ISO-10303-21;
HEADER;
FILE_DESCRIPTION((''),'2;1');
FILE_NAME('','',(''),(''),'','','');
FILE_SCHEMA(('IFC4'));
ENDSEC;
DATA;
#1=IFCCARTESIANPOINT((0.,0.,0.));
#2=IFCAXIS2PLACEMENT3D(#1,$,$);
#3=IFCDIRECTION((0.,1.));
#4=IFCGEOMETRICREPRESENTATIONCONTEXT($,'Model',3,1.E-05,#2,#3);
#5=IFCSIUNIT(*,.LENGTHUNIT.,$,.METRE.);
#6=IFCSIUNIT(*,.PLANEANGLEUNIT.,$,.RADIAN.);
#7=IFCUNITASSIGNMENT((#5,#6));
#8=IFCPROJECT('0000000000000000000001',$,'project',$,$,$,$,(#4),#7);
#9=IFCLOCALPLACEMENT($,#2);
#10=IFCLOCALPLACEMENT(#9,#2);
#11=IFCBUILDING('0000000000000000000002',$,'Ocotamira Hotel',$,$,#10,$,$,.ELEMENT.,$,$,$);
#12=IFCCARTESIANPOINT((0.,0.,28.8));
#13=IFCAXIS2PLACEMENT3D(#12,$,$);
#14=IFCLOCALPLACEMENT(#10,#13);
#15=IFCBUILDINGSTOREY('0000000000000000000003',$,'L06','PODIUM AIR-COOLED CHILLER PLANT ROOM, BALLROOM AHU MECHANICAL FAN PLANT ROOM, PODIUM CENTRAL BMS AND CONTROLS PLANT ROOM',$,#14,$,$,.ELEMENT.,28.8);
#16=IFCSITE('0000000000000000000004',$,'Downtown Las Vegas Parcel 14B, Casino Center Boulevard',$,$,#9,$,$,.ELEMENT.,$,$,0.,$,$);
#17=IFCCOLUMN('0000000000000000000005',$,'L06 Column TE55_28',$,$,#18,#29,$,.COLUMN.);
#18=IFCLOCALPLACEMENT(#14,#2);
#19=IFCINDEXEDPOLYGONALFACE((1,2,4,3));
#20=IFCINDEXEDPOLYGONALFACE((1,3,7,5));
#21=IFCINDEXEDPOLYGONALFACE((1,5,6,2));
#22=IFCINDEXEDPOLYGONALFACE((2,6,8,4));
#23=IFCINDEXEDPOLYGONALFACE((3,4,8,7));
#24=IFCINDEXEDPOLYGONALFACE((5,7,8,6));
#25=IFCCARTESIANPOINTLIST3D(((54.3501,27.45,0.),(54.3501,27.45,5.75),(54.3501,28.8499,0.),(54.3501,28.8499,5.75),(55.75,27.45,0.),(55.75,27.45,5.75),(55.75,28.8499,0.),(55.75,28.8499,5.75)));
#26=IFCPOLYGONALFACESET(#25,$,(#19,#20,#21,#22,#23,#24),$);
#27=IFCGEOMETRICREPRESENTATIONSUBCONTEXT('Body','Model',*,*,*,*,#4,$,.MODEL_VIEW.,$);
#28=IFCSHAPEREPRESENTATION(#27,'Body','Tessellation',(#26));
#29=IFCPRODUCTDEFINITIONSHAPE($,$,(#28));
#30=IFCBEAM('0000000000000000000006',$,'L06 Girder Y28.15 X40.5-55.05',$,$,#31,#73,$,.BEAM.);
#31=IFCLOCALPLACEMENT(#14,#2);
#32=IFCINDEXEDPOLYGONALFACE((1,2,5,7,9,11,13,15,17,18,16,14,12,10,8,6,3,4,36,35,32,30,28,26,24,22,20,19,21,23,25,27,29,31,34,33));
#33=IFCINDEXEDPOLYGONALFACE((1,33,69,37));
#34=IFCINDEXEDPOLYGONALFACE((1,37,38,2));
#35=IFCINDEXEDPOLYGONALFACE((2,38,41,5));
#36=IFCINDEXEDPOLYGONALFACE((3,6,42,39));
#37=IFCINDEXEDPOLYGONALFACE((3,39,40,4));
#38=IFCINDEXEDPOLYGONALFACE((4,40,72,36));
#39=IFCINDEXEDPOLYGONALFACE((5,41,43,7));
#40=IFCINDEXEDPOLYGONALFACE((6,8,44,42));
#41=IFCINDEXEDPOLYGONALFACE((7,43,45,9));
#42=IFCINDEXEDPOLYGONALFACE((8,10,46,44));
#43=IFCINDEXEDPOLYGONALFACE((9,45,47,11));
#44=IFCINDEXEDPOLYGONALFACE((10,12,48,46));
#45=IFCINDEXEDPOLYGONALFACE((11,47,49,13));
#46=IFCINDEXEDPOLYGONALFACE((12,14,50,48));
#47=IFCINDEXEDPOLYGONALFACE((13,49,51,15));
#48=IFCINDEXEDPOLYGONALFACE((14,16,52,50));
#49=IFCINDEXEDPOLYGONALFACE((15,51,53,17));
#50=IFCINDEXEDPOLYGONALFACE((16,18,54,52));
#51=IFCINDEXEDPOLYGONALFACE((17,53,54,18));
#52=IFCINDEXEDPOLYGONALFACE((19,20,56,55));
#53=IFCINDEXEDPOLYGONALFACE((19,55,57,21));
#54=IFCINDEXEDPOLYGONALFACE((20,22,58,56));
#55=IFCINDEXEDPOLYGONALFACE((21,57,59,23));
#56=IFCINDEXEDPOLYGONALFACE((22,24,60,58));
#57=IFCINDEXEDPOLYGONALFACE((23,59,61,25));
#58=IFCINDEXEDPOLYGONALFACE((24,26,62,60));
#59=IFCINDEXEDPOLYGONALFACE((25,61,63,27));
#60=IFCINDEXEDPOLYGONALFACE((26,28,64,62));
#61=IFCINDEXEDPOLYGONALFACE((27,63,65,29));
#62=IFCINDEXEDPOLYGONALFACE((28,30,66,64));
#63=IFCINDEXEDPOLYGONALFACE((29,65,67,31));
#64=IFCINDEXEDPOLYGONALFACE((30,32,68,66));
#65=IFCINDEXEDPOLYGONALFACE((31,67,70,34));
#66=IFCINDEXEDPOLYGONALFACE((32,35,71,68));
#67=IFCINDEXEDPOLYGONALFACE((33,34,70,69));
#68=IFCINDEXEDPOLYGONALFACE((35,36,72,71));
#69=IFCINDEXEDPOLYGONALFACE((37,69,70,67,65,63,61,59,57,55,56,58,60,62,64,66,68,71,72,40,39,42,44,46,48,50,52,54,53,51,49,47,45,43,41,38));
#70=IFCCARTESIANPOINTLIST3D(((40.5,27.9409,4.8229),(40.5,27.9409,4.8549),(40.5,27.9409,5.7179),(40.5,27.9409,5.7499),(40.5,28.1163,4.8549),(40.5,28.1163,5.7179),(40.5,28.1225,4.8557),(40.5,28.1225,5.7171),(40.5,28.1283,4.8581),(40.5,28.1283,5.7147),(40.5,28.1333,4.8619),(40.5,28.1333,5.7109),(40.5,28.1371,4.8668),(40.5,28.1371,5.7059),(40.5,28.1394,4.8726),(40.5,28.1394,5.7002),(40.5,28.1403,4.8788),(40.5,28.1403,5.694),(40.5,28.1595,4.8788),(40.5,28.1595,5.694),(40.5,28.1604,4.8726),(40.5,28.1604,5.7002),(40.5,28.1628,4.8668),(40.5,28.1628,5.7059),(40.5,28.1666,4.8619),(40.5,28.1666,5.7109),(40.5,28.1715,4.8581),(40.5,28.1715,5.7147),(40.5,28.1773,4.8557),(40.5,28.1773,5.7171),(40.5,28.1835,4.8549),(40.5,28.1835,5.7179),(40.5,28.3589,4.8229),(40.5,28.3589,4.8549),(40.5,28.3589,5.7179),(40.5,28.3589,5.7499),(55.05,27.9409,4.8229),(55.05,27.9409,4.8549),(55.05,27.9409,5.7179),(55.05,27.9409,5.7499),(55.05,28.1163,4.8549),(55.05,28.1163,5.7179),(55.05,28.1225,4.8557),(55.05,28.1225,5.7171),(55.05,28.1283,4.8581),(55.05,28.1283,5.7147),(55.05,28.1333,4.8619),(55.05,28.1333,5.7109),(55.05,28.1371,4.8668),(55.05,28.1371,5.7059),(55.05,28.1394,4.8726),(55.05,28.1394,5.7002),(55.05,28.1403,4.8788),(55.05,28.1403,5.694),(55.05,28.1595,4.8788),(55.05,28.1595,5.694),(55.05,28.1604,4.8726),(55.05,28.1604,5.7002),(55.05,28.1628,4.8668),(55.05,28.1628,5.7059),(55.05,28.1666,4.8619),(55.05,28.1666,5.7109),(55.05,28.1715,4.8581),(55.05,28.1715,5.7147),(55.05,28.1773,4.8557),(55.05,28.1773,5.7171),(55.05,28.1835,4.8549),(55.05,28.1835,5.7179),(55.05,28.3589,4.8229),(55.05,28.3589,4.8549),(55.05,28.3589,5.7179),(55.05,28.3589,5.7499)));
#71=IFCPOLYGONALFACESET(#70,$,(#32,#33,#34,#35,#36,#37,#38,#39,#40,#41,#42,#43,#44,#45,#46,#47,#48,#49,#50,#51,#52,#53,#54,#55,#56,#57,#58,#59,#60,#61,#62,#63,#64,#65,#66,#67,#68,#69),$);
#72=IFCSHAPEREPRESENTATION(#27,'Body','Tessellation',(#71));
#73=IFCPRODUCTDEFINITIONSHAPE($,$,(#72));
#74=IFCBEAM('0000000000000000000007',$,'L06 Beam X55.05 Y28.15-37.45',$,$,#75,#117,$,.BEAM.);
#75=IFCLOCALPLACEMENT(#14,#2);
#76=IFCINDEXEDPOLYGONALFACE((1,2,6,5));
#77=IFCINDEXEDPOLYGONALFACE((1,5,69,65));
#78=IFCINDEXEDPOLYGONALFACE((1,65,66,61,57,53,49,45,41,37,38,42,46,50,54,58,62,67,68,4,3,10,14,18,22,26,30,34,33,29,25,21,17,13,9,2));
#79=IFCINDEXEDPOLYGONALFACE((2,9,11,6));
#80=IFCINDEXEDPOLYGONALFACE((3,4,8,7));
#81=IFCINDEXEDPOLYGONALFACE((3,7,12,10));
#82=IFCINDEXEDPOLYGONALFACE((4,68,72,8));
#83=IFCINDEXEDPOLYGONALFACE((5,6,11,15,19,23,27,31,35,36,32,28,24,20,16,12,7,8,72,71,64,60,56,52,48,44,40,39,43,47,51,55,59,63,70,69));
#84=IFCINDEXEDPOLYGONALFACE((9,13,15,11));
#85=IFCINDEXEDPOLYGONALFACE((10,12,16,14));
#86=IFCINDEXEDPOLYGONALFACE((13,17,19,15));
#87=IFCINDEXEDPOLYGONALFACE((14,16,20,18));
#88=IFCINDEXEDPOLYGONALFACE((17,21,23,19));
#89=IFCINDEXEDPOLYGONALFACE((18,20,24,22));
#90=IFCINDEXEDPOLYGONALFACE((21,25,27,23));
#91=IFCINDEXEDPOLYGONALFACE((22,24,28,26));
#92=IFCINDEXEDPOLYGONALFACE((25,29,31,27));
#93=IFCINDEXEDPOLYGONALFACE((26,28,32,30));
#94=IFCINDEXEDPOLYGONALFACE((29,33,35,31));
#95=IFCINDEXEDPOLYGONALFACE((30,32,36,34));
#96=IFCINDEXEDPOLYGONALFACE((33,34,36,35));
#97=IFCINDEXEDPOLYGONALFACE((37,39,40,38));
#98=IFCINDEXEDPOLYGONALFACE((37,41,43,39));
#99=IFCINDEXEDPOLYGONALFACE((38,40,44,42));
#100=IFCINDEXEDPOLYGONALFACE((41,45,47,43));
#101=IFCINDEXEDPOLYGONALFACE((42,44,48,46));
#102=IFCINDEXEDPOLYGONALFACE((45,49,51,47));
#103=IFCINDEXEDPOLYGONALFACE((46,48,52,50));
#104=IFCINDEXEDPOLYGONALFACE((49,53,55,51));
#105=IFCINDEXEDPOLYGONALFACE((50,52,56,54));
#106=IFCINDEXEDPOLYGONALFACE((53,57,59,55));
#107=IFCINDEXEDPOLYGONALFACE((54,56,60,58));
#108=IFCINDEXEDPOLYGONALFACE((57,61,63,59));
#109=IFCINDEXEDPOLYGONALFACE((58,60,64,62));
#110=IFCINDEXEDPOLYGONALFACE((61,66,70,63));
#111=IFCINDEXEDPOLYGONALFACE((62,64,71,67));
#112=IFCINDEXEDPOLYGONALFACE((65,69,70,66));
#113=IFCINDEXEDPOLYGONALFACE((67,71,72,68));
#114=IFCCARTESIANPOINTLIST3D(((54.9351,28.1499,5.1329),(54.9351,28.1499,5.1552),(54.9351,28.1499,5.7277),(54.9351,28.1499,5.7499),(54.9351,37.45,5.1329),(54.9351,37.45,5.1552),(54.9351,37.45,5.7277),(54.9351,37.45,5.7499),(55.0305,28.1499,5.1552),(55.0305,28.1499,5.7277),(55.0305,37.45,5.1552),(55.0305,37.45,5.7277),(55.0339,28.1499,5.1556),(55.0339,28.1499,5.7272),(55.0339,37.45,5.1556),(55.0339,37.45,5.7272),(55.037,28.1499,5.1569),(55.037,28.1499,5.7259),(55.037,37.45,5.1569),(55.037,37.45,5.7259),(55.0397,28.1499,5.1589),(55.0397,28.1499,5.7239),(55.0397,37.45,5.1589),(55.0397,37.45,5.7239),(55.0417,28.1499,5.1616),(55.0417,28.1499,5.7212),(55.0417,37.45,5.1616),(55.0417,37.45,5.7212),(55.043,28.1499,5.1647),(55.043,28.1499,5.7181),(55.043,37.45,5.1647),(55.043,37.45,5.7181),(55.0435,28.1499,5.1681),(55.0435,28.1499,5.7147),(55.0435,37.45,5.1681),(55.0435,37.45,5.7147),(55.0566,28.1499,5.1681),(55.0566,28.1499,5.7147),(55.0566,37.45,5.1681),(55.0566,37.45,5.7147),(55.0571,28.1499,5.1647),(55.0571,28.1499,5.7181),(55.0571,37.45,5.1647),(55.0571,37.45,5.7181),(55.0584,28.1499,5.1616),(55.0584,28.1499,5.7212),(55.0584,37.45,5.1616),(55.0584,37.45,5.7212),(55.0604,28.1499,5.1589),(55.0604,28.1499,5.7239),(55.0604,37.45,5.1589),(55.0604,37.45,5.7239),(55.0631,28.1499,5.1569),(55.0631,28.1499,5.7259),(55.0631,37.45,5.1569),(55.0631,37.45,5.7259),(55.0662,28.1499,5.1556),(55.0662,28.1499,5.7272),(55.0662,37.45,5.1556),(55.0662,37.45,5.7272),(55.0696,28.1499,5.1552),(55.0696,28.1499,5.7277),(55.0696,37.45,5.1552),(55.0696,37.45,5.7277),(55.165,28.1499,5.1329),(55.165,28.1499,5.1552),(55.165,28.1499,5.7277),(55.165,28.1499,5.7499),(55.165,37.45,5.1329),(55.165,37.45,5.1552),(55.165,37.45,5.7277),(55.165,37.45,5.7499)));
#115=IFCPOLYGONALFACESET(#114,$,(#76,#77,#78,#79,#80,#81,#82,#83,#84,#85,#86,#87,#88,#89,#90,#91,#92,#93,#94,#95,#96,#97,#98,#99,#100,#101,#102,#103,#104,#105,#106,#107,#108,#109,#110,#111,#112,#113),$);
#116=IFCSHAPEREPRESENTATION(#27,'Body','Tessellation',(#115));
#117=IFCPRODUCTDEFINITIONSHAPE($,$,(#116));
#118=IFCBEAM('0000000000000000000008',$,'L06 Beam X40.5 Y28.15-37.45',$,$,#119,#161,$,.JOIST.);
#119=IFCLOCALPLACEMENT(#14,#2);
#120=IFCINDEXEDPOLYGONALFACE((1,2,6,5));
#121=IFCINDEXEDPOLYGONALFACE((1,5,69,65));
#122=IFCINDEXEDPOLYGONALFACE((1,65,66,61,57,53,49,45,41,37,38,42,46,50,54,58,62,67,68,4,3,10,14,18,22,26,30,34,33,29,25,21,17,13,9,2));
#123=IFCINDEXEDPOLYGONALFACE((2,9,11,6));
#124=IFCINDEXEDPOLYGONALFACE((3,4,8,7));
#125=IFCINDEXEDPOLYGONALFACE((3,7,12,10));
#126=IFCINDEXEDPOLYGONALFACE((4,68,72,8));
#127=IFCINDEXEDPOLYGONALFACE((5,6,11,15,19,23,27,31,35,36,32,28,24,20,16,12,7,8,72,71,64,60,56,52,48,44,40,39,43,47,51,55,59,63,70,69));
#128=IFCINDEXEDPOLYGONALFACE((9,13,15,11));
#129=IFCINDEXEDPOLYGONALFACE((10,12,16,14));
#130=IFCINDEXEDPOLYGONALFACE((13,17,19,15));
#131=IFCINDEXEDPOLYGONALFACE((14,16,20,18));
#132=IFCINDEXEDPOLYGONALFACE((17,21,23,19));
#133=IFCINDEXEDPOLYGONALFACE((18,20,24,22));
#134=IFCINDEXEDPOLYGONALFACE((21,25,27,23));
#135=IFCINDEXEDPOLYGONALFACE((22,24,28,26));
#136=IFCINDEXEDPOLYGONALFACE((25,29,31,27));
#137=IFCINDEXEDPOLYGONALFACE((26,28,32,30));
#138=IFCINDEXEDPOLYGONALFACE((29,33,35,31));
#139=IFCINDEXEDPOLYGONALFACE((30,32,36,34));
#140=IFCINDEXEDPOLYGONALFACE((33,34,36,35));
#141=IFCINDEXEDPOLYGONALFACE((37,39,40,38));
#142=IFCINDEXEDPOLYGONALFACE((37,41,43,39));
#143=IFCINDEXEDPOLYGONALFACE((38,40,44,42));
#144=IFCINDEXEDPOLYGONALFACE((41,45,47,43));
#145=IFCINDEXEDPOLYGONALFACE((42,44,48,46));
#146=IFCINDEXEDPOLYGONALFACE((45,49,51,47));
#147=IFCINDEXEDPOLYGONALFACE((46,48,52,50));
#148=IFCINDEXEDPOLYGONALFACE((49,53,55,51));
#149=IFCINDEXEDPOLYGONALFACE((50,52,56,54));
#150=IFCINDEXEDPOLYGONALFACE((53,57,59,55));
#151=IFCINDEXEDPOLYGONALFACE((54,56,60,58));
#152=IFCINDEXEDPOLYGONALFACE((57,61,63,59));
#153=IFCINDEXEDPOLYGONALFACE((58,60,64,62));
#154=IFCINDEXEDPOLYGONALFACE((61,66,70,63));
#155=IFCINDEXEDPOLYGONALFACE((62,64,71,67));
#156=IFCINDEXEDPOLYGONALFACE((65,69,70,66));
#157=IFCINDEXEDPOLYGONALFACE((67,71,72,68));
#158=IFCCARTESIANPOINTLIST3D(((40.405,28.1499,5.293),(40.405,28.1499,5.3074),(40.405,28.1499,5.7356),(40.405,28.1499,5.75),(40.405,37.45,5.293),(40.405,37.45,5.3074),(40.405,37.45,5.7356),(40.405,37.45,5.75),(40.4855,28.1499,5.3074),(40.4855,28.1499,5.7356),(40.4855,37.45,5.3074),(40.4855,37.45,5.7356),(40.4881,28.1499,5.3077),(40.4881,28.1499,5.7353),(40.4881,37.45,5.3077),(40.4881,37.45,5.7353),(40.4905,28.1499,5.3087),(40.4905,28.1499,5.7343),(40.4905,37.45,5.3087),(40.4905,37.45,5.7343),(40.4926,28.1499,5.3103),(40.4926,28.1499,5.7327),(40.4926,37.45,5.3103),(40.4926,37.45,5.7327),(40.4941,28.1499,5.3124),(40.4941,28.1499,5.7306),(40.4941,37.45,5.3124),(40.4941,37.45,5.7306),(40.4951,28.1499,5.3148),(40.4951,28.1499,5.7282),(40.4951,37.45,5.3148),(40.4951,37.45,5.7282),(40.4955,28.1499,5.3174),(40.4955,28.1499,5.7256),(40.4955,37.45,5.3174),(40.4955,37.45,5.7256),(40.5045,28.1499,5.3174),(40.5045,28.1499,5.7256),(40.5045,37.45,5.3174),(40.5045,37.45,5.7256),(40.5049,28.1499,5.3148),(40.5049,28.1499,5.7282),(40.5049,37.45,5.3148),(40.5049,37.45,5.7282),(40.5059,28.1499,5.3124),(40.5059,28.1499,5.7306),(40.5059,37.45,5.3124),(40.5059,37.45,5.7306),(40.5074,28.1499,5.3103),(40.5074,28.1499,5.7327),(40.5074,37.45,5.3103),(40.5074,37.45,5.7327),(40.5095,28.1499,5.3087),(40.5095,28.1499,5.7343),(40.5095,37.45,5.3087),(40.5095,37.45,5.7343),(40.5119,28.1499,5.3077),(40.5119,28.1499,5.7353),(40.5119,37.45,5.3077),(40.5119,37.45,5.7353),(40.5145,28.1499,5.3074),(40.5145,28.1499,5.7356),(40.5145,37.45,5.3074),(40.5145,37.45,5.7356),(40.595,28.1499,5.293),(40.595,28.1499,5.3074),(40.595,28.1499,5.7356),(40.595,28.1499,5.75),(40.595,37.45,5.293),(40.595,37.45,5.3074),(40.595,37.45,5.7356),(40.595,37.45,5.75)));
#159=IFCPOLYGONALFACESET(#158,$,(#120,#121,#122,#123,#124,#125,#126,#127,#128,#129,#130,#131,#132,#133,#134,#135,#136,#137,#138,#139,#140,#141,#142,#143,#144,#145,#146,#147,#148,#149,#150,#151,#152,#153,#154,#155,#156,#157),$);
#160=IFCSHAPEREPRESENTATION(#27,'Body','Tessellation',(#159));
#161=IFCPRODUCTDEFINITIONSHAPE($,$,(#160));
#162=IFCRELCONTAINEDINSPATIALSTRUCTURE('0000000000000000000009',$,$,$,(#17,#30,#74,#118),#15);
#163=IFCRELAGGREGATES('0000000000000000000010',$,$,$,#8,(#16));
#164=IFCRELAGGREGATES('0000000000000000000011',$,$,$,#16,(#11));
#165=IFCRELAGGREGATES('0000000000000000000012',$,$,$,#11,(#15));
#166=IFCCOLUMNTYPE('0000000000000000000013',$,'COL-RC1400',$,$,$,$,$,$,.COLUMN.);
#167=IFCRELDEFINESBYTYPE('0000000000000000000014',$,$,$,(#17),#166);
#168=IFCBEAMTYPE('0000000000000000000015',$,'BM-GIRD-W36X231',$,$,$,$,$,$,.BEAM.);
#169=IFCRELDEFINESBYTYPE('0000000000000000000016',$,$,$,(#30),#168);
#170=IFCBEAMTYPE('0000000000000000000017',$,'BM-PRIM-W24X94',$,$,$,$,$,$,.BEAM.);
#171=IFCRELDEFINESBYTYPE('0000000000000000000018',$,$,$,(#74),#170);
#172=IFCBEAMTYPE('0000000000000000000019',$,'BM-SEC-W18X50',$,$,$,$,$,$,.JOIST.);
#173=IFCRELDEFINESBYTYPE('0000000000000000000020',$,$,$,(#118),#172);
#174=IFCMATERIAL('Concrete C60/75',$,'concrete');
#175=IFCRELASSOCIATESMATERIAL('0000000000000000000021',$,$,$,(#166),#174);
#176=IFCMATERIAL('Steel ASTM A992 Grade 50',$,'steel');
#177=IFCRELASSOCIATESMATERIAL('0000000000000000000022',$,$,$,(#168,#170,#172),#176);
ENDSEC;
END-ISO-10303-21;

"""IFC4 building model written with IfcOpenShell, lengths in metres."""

from ifc_helpers import new_model, si_unit, direction, frame, origin, origin_2d, place, context, subcontext, project, spatial, rectangle, i_section, extrude, source, transform, mapped, material, material_profile, profile_set, type_object, element, save


model = new_model("IFC4")

# Units and contexts
model_context = context("Model", 3, precision=1e-05, world=origin(), true_north=direction((0.0, 1.0)))
body_context = subcontext(model_context, "Body", "Model", "MODEL_VIEW")
ifc_project = project(units=[si_unit("LENGTHUNIT", "METRE"), si_unit("PLANEANGLEUNIT", "RADIAN")], contexts=[model_context])

# Site, building, storey
site_placement = place(None, origin())
site = spatial("IfcSite", under=ifc_project, at=site_placement, Name="Downtown Las Vegas Parcel 14B, Casino Center Boulevard", CompositionType="ELEMENT", RefElevation=0.0)
building_placement = place(site_placement, origin())
building = spatial("IfcBuilding", under=site, at=building_placement, Name="Ocotamira Hotel", CompositionType="ELEMENT")
storey_placement = place(building_placement, frame((0.0, 0.0, 28.8)))
storey = spatial("IfcBuildingStorey", under=building, at=storey_placement, Name="L06", Description="PODIUM AIR-COOLED CHILLER PLANT ROOM, BALLROOM AHU MECHANICAL FAN PLANT ROOM, PODIUM CENTRAL BMS AND CONTROLS PLANT ROOM", CompositionType="ELEMENT", Elevation=28.8)

# Column
ifc_material_1 = material(Name="Concrete C60/75", Category="concrete")
ifc_material_profile_1 = material_profile(ifc_material_1, rectangle(XDim=1.3999, YDim=1.3999, at=origin_2d()), Name="RC1400X1400")
ifc_profile_set_1 = profile_set([ifc_material_profile_1], Name="Concrete C60/75")
column_type = type_object("IfcColumnType", Name="COL-RC1400", PredefinedType="COLUMN", material=ifc_profile_set_1)
shared_shape_1 = source(origin(), body_context, "Body", "SweptSolid", [
    extrude(rectangle(XDim=1.3999, YDim=1.3999, at=origin_2d()), origin(), (0.0, 0.0, 1.0), 5.75),
])
column_placement = place(storey_placement, frame((55.05, 28.1499, 0.0), z_axis=(0.0, 0.0, 1.0), x_axis=(1.0, 0.0, 0.0)))
element("IfcColumn", 1, at=column_placement, inside=storey, type_object=column_type, Name="L06 Column TE55_28", PredefinedType="COLUMN", context=body_context, shape_type="MappedRepresentation", body=[
    mapped(shared_shape_1, transform((0.0, 0.0, 0.0), scale=1.0)),
])

# Beams
ifc_material_2 = material(Name="Steel ASTM A992 Grade 50", Category="steel")
ifc_material_profile_2 = material_profile(ifc_material_2, i_section(OverallWidth=0.418, OverallDepth=0.927, WebThickness=0.0193, FlangeThickness=0.032, FilletRadius=0.0239, at=origin_2d()), Name="W36X231")
ifc_profile_set_2 = profile_set([ifc_material_profile_2], Name="Steel ASTM A992 Grade 50")
beam_type_1 = type_object("IfcBeamType", Name="BM-GIRD-W36X231", PredefinedType="BEAM", material=ifc_profile_set_2)
shared_shape_2 = source(origin(), body_context, "Body", "SweptSolid", [
    extrude(i_section(OverallWidth=0.418, OverallDepth=0.927, WebThickness=0.0193, FlangeThickness=0.032, FilletRadius=0.0239, at=origin_2d()), origin(), (0.0, 0.0, 1.0), 14.55),
])
beam_1_placement = place(storey_placement, frame((40.5, 28.1499, 5.2864), z_axis=(1.0, 0.0, 0.0), x_axis=(0.0, 1.0, 0.0)))
element("IfcBeam", 2, at=beam_1_placement, inside=storey, type_object=beam_type_1, Name="L06 Girder Y28.15 X40.5-55.05", PredefinedType="BEAM", context=body_context, shape_type="MappedRepresentation", body=[
    mapped(shared_shape_2, transform((0.0, 0.0, 0.0), scale=1.0)),
])
ifc_material_profile_3 = material_profile(ifc_material_2, i_section(OverallWidth=0.23, OverallDepth=0.6169, WebThickness=0.0132, FlangeThickness=0.0222, FilletRadius=0.0129, at=origin_2d()), Name="W24X94")
ifc_profile_set_3 = profile_set([ifc_material_profile_3], Name="Steel ASTM A992 Grade 50")
beam_type_2 = type_object("IfcBeamType", Name="BM-PRIM-W24X94", PredefinedType="BEAM", material=ifc_profile_set_3)
shared_shape_3 = source(origin(), body_context, "Body", "SweptSolid", [
    extrude(i_section(OverallWidth=0.23, OverallDepth=0.6169, WebThickness=0.0132, FlangeThickness=0.0222, FilletRadius=0.0129, at=origin_2d()), origin(), (0.0, 0.0, 1.0), 9.3),
])
beam_2_placement = place(storey_placement, frame((55.05, 28.1499, 5.4414), z_axis=(0.0, 1.0, 0.0), x_axis=(-1.0, 0.0, 0.0)))
element("IfcBeam", 3, at=beam_2_placement, inside=storey, type_object=beam_type_2, Name="L06 Beam X55.05 Y28.15-37.45", PredefinedType="BEAM", context=body_context, shape_type="MappedRepresentation", body=[
    mapped(shared_shape_3, transform((0.0, 0.0, 0.0), scale=1.0)),
])
ifc_material_profile_4 = material_profile(ifc_material_2, i_section(OverallWidth=0.1899, OverallDepth=0.457, WebThickness=0.009, FlangeThickness=0.0144, FilletRadius=0.01, at=origin_2d()), Name="W18X50")
ifc_profile_set_4 = profile_set([ifc_material_profile_4], Name="Steel ASTM A992 Grade 50")
beam_type_3 = type_object("IfcBeamType", Name="BM-SEC-W18X50", PredefinedType="JOIST", material=ifc_profile_set_4)
shared_shape_4 = source(origin(), body_context, "Body", "SweptSolid", [
    extrude(i_section(OverallWidth=0.1899, OverallDepth=0.457, WebThickness=0.009, FlangeThickness=0.0144, FilletRadius=0.01, at=origin_2d()), origin(), (0.0, 0.0, 1.0), 9.3),
])
beam_3_placement = place(storey_placement, frame((40.5, 28.1499, 5.5215), z_axis=(0.0, 1.0, 0.0), x_axis=(-1.0, 0.0, 0.0)))
element("IfcBeam", 4, at=beam_3_placement, inside=storey, type_object=beam_type_3, Name="L06 Beam X40.5 Y28.15-37.45", PredefinedType="JOIST", context=body_context, shape_type="MappedRepresentation", body=[
    mapped(shared_shape_4, transform((0.0, 0.0, 0.0), scale=1.0)),
])

save(model, "model.ifc")
